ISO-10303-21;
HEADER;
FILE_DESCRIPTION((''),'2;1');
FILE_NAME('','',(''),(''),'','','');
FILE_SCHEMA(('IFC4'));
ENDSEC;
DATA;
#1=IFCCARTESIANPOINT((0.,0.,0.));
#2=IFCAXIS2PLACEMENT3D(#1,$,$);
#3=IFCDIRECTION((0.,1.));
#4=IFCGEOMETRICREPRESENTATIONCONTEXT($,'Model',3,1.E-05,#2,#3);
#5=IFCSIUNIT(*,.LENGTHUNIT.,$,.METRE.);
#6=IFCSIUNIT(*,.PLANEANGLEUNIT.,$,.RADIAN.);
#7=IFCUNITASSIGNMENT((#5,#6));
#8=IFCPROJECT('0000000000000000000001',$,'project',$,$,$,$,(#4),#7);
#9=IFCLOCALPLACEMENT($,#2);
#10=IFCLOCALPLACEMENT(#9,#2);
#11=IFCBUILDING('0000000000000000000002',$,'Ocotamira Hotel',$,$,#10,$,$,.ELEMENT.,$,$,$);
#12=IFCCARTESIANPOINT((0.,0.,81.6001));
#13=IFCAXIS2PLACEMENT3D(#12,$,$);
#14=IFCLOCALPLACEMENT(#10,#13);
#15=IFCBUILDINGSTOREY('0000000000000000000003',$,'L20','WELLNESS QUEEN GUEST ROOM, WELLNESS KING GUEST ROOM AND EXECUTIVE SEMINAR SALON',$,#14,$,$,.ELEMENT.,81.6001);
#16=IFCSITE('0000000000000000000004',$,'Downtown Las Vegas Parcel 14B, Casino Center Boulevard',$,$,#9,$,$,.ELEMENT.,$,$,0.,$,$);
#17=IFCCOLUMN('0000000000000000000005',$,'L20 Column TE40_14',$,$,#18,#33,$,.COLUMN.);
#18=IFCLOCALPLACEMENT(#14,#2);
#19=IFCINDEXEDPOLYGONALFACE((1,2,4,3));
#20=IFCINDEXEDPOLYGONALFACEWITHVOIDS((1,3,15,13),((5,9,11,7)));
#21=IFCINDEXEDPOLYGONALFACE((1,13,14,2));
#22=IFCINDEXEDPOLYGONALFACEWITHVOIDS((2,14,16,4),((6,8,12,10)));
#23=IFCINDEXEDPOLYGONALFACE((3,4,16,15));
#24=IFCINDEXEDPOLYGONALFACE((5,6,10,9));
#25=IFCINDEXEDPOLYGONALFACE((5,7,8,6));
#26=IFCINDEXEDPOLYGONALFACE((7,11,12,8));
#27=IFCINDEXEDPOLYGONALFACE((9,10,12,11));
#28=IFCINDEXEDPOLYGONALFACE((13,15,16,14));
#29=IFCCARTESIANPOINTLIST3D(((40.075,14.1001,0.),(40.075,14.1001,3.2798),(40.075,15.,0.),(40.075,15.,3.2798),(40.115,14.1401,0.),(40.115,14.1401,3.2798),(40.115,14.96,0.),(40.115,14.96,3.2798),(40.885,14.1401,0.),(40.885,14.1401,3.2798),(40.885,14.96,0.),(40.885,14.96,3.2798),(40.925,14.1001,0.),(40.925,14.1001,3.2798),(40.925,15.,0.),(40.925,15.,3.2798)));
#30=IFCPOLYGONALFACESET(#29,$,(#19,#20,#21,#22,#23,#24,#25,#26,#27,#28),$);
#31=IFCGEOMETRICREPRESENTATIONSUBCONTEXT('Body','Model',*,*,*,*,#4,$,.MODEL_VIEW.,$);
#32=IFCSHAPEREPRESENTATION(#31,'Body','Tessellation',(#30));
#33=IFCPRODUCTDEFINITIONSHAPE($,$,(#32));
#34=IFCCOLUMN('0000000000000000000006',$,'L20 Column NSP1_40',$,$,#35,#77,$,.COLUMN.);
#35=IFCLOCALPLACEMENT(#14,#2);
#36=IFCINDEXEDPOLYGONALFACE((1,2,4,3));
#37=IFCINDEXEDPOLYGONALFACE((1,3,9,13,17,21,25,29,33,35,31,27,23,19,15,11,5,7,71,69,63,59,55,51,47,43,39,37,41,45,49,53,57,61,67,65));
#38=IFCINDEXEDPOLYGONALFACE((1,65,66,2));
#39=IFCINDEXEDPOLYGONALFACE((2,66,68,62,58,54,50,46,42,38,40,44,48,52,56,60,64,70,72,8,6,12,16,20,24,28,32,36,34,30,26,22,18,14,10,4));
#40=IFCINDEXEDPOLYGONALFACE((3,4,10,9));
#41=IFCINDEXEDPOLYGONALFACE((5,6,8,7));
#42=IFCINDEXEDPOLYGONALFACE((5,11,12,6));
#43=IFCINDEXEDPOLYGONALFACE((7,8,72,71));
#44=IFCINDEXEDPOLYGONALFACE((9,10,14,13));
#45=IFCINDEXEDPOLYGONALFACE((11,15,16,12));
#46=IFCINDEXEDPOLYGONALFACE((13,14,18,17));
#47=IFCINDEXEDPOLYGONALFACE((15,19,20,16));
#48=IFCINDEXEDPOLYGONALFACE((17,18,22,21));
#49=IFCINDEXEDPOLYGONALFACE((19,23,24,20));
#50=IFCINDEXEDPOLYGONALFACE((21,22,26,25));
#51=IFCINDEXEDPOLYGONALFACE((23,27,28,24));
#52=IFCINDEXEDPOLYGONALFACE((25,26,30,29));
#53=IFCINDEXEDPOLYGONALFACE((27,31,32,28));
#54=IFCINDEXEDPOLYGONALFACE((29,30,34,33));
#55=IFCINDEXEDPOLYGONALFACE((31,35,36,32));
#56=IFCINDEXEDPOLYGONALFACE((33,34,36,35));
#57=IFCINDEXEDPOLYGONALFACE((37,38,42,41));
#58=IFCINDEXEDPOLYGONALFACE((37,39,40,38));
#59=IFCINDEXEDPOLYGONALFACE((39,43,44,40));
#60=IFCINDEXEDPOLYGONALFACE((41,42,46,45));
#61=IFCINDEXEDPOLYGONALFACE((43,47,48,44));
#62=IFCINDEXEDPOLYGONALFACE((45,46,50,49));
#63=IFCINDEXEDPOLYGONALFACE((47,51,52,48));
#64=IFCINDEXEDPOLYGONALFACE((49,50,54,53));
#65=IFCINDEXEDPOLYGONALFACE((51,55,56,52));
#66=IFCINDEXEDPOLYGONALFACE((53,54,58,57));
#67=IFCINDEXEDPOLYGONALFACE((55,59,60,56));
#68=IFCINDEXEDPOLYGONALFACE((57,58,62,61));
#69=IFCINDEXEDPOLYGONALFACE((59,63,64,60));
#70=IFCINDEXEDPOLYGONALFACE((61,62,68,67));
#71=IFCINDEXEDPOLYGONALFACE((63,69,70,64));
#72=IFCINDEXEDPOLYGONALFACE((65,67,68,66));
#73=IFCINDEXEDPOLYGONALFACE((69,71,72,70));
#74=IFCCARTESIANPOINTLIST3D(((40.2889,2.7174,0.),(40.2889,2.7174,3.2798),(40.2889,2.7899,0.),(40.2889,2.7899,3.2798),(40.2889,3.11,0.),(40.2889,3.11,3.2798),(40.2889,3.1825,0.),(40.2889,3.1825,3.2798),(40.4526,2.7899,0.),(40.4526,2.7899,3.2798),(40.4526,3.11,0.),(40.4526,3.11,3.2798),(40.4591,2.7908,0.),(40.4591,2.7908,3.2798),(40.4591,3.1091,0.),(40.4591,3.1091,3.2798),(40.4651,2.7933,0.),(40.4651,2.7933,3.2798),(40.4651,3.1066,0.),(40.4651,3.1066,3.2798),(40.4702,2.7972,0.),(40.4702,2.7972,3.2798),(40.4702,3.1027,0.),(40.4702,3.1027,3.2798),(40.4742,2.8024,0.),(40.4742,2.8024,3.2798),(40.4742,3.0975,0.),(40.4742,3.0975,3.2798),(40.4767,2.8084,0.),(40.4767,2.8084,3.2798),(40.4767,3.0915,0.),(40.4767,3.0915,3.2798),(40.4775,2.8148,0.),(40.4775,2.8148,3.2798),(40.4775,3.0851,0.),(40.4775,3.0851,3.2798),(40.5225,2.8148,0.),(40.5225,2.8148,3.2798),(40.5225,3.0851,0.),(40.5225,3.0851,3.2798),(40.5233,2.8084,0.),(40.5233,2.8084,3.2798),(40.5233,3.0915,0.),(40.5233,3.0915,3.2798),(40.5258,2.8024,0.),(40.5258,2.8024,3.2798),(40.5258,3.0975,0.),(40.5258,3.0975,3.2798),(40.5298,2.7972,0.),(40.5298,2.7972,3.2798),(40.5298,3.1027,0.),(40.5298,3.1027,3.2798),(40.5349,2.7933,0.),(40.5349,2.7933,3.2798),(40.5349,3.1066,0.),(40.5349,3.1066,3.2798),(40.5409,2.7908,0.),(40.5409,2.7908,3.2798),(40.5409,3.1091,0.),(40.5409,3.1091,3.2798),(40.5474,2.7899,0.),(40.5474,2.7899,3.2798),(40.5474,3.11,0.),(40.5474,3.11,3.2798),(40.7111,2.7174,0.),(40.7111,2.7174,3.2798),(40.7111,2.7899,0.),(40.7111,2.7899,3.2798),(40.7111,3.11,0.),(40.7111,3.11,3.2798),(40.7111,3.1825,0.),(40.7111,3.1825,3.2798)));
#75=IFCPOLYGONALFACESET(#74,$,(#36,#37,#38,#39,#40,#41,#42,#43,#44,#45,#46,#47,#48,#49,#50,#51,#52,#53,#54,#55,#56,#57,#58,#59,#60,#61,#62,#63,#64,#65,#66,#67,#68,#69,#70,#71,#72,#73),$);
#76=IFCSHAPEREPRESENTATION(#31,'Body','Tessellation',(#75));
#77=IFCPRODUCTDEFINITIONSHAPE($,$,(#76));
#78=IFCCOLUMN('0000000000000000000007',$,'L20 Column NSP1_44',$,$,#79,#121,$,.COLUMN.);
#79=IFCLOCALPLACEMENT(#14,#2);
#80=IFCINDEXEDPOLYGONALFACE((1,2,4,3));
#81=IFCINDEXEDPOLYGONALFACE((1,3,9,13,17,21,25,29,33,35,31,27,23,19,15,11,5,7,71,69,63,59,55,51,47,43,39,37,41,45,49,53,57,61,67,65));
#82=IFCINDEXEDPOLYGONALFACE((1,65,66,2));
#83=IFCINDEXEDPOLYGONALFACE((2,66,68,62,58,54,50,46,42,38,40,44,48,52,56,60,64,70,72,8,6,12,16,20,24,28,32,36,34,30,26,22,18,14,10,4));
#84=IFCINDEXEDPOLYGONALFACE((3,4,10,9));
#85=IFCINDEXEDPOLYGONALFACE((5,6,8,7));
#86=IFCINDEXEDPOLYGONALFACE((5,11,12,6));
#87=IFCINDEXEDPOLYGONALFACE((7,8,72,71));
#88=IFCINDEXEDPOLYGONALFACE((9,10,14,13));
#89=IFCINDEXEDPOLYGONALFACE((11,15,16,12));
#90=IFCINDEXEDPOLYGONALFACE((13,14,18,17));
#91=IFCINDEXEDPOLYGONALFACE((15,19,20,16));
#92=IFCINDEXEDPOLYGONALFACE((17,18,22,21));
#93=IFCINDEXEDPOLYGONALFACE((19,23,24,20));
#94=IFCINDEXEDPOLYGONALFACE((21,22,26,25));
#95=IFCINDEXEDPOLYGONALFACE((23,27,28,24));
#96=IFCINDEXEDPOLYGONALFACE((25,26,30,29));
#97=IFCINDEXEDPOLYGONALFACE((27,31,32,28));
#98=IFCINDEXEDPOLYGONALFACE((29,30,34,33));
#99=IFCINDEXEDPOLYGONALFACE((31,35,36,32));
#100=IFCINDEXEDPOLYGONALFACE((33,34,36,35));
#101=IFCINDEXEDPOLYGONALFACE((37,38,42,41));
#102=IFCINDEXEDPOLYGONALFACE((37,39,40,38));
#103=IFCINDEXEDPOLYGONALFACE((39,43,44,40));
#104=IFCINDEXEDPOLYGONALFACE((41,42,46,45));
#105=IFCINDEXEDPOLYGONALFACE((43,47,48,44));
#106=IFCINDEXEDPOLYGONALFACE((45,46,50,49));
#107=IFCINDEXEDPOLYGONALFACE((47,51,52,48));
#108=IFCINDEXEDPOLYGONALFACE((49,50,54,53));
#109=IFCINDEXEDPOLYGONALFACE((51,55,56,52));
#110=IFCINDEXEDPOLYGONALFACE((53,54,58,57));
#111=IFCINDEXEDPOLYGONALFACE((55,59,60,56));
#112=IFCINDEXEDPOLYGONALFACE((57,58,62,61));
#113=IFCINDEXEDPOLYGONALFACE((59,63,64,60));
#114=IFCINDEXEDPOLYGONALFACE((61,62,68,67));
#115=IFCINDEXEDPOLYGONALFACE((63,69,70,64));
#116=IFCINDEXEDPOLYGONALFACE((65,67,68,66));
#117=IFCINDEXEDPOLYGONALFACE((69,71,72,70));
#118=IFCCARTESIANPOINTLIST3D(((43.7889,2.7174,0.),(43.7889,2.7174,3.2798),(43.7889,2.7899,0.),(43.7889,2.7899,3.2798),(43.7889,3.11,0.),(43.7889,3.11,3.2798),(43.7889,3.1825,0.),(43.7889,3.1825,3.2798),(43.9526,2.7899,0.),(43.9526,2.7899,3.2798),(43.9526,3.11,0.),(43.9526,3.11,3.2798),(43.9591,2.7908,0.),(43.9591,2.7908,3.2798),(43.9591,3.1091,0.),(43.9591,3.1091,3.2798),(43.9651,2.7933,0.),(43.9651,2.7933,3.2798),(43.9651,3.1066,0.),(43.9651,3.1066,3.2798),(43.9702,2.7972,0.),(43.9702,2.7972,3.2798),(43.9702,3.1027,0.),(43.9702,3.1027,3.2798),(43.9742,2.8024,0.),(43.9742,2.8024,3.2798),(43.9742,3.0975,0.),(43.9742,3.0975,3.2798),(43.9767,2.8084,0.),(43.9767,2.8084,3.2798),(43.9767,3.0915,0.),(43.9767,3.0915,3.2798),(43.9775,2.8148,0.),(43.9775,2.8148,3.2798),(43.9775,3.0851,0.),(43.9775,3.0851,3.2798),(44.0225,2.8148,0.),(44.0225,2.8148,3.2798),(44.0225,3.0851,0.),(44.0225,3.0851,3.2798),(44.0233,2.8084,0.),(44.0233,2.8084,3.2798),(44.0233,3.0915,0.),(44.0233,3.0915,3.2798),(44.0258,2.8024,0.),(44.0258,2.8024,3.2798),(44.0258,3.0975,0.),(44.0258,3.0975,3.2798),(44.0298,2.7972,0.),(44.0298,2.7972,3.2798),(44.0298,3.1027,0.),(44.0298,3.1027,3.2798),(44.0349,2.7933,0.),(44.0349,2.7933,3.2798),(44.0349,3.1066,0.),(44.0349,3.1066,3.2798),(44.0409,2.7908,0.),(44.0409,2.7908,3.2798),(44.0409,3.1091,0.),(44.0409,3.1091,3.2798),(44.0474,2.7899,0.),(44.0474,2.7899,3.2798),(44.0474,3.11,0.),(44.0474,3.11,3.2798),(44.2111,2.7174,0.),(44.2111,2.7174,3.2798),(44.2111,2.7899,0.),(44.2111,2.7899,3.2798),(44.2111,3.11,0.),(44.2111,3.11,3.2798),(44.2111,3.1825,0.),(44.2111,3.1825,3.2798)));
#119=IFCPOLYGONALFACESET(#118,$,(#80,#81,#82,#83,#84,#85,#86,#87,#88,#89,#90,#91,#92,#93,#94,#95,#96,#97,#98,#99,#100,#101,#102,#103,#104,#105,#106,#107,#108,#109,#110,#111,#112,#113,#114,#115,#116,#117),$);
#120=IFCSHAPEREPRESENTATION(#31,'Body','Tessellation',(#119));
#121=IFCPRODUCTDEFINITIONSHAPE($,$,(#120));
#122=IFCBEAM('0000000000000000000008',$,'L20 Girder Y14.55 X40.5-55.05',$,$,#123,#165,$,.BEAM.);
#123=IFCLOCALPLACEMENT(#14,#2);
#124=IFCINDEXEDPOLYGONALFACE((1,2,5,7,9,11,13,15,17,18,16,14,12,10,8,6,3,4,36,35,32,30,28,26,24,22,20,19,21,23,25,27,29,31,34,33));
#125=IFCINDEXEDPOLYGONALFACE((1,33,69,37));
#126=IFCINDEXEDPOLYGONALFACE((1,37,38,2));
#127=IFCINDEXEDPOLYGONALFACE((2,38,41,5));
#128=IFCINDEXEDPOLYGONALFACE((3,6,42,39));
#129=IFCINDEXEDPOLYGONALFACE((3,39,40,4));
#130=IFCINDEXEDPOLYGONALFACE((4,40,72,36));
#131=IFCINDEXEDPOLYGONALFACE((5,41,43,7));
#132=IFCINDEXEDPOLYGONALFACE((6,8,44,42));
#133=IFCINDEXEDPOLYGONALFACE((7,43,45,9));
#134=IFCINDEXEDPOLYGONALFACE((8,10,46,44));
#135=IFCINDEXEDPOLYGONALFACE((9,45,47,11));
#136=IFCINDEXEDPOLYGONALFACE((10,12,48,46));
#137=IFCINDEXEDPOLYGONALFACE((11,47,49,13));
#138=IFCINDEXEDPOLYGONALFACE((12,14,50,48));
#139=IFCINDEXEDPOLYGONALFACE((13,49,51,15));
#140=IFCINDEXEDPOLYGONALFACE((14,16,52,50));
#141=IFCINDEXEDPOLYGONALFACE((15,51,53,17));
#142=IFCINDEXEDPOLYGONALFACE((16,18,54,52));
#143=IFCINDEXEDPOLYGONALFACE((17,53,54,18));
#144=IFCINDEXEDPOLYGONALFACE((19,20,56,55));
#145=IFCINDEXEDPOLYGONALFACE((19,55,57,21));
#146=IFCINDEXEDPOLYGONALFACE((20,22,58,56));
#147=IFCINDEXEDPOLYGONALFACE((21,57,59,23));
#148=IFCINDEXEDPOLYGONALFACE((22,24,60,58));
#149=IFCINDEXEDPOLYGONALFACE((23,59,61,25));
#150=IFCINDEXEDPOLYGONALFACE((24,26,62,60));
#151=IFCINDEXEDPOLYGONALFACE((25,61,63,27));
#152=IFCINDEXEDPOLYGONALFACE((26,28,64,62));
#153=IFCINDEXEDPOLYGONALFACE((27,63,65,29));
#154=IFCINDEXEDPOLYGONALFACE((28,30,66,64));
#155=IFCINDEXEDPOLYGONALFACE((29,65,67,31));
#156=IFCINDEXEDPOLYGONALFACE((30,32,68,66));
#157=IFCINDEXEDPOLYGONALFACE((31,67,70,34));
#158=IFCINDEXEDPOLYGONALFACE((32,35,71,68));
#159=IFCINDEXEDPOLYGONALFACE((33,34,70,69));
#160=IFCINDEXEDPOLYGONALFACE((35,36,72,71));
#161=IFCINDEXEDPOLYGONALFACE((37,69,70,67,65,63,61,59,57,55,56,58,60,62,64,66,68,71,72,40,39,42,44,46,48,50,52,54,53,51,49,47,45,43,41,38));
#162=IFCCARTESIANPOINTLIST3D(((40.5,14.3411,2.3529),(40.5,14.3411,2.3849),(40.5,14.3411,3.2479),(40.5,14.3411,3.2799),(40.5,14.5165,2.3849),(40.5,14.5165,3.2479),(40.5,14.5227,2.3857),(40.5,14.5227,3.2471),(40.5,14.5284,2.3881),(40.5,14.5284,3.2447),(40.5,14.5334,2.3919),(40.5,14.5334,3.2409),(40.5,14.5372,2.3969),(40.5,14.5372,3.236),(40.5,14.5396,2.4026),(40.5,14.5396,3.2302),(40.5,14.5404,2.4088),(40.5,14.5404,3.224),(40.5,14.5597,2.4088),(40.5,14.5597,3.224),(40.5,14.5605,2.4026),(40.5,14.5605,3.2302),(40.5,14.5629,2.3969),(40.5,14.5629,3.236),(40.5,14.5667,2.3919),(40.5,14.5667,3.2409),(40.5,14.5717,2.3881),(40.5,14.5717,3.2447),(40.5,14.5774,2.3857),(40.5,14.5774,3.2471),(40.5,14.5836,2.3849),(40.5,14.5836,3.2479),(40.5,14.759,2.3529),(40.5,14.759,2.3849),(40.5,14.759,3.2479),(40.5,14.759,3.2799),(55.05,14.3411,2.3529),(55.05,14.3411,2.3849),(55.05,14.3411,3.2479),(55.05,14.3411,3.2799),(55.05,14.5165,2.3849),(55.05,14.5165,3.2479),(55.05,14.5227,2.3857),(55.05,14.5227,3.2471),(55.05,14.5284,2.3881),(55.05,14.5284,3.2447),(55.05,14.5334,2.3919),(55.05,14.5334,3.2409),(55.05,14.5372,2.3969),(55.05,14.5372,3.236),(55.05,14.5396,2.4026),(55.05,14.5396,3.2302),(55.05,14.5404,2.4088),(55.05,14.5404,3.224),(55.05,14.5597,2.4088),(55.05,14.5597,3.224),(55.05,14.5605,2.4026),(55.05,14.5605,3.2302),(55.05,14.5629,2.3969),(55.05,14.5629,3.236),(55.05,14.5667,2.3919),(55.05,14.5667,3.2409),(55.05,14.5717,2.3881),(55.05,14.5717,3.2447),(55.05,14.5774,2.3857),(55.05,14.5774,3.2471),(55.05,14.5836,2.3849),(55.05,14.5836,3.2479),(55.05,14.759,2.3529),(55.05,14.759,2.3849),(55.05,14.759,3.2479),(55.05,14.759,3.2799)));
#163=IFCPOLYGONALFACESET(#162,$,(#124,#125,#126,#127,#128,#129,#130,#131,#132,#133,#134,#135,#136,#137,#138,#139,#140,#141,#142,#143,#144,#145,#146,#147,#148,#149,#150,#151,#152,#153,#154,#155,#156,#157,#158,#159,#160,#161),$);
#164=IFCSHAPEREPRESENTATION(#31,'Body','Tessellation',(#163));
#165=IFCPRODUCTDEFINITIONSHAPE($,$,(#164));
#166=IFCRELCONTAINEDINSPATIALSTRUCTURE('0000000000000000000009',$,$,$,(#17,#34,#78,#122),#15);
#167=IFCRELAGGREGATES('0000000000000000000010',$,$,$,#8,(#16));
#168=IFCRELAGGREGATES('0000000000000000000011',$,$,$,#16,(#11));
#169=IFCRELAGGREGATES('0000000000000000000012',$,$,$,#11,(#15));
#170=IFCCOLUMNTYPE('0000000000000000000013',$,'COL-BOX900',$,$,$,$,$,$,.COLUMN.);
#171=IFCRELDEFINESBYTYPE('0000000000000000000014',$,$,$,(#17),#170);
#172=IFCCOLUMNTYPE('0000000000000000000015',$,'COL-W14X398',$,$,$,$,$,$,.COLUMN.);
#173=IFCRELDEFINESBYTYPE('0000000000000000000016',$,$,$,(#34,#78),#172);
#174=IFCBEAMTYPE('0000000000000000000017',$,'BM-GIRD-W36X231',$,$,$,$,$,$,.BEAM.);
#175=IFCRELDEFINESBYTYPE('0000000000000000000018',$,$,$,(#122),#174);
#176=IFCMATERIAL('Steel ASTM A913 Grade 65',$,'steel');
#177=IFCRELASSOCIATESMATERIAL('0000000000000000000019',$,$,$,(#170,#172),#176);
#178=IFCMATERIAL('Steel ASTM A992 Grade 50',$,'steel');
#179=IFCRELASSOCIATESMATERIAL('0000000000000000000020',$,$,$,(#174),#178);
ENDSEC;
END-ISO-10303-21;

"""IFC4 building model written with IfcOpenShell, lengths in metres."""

from ifc_helpers import new_model, si_unit, direction, frame, origin, origin_2d, place, context, subcontext, project, spatial, hollow_rectangle, i_section, extrude, source, transform, mapped, material, material_profile, profile_set, type_object, element, save


model = new_model("IFC4")

# Units and contexts
model_context = context("Model", 3, precision=1e-05, world=origin(), true_north=direction((0.0, 1.0)))
body_context = subcontext(model_context, "Body", "Model", "MODEL_VIEW")
ifc_project = project(units=[si_unit("LENGTHUNIT", "METRE"), si_unit("PLANEANGLEUNIT", "RADIAN")], contexts=[model_context])

# Site, building, storey
site_placement = place(None, origin())
site = spatial("IfcSite", under=ifc_project, at=site_placement, Name="Downtown Las Vegas Parcel 14B, Casino Center Boulevard", CompositionType="ELEMENT", RefElevation=0.0)
building_placement = place(site_placement, origin())
building = spatial("IfcBuilding", under=site, at=building_placement, Name="Ocotamira Hotel", CompositionType="ELEMENT")
storey_placement = place(building_placement, frame((0.0, 0.0, 81.6001)))
storey = spatial("IfcBuildingStorey", under=building, at=storey_placement, Name="L20", Description="WELLNESS QUEEN GUEST ROOM, WELLNESS KING GUEST ROOM AND EXECUTIVE SEMINAR SALON", CompositionType="ELEMENT", Elevation=81.6001)

# Columns
ifc_material_1 = material(Name="Steel ASTM A913 Grade 65", Category="steel")
ifc_material_profile_1 = material_profile(ifc_material_1, hollow_rectangle(XDim=0.8501, YDim=0.8999, WallThickness=0.04, at=origin_2d()), Name="BOX900X850X40")
ifc_profile_set_1 = profile_set([ifc_material_profile_1], Name="Steel ASTM A913 Grade 65")
column_type_1 = type_object("IfcColumnType", Name="COL-BOX900", PredefinedType="COLUMN", material=ifc_profile_set_1)
shared_shape_1 = source(origin(), body_context, "Body", "SweptSolid", [
    extrude(hollow_rectangle(XDim=0.8501, YDim=0.8999, WallThickness=0.04, at=origin_2d()), origin(), (0.0, 0.0, 1.0), 3.2798),
])
column_placement = place(storey_placement, frame((40.5, 14.55, 0.0), z_axis=(0.0, 0.0, 1.0), x_axis=(1.0, 0.0, 0.0)))
element("IfcColumn", 1, at=column_placement, inside=storey, type_object=column_type_1, Name="L20 Column TE40_14", PredefinedType="COLUMN", context=body_context, shape_type="MappedRepresentation", body=[
    mapped(shared_shape_1, transform((0.0, 0.0, 0.0), scale=1.0)),
])
ifc_material_profile_2 = material_profile(ifc_material_1, i_section(OverallWidth=0.4221, OverallDepth=0.4651, WebThickness=0.0449, FlangeThickness=0.0725, FilletRadius=0.0249, at=origin_2d()), Name="W14X398")
ifc_profile_set_2 = profile_set([ifc_material_profile_2], Name="Steel ASTM A913 Grade 65")
column_type_2 = type_object("IfcColumnType", Name="COL-W14X398", PredefinedType="COLUMN", material=ifc_profile_set_2)
shared_shape_2 = source(origin(), body_context, "Body", "SweptSolid", [
    extrude(i_section(OverallWidth=0.4221, OverallDepth=0.4651, WebThickness=0.0449, FlangeThickness=0.0725, FilletRadius=0.0249, at=origin_2d()), origin(), (0.0, 0.0, 1.0), 3.2798),
])
for number, where, z_axis, x_axis, name in (
    (2, (40.5, 2.95, 0.0), (0.0, 0.0, 1.0), (1.0, 0.0, 0.0), "L20 Column NSP1_40"),
    (3, (44.0, 2.95, 0.0), (0.0, 0.0, 1.0), (1.0, 0.0, 0.0), "L20 Column NSP1_44"),
):
    element("IfcColumn", number, at=place(storey_placement, frame(where, z_axis=z_axis, x_axis=x_axis)), inside=storey, type_object=column_type_2, Name=name, PredefinedType="COLUMN", context=body_context, shape_type="MappedRepresentation", body=[
        mapped(shared_shape_2, transform((0.0, 0.0, 0.0), scale=1.0)),
    ])

# Beam
ifc_material_2 = material(Name="Steel ASTM A992 Grade 50", Category="steel")
ifc_material_profile_3 = material_profile(ifc_material_2, i_section(OverallWidth=0.418, OverallDepth=0.927, WebThickness=0.0193, FlangeThickness=0.032, FilletRadius=0.0239, at=origin_2d()), Name="W36X231")
ifc_profile_set_3 = profile_set([ifc_material_profile_3], Name="Steel ASTM A992 Grade 50")
beam_type_1 = type_object("IfcBeamType", Name="BM-GIRD-W36X231", PredefinedType="BEAM", material=ifc_profile_set_3)
shared_shape_3 = source(origin(), body_context, "Body", "SweptSolid", [
    extrude(i_section(OverallWidth=0.418, OverallDepth=0.927, WebThickness=0.0193, FlangeThickness=0.032, FilletRadius=0.0239, at=origin_2d()), origin(), (0.0, 0.0, 1.0), 14.55),
])
beam_1_placement = place(storey_placement, frame((40.5, 14.55, 2.8164), z_axis=(1.0, 0.0, 0.0), x_axis=(0.0, 1.0, 0.0)))
element("IfcBeam", 4, at=beam_1_placement, inside=storey, type_object=beam_type_1, Name="L20 Girder Y14.55 X40.5-55.05", PredefinedType="BEAM", context=body_context, shape_type="MappedRepresentation", body=[
    mapped(shared_shape_3, transform((0.0, 0.0, 0.0), scale=1.0)),
])

save(model, "model.ifc")
